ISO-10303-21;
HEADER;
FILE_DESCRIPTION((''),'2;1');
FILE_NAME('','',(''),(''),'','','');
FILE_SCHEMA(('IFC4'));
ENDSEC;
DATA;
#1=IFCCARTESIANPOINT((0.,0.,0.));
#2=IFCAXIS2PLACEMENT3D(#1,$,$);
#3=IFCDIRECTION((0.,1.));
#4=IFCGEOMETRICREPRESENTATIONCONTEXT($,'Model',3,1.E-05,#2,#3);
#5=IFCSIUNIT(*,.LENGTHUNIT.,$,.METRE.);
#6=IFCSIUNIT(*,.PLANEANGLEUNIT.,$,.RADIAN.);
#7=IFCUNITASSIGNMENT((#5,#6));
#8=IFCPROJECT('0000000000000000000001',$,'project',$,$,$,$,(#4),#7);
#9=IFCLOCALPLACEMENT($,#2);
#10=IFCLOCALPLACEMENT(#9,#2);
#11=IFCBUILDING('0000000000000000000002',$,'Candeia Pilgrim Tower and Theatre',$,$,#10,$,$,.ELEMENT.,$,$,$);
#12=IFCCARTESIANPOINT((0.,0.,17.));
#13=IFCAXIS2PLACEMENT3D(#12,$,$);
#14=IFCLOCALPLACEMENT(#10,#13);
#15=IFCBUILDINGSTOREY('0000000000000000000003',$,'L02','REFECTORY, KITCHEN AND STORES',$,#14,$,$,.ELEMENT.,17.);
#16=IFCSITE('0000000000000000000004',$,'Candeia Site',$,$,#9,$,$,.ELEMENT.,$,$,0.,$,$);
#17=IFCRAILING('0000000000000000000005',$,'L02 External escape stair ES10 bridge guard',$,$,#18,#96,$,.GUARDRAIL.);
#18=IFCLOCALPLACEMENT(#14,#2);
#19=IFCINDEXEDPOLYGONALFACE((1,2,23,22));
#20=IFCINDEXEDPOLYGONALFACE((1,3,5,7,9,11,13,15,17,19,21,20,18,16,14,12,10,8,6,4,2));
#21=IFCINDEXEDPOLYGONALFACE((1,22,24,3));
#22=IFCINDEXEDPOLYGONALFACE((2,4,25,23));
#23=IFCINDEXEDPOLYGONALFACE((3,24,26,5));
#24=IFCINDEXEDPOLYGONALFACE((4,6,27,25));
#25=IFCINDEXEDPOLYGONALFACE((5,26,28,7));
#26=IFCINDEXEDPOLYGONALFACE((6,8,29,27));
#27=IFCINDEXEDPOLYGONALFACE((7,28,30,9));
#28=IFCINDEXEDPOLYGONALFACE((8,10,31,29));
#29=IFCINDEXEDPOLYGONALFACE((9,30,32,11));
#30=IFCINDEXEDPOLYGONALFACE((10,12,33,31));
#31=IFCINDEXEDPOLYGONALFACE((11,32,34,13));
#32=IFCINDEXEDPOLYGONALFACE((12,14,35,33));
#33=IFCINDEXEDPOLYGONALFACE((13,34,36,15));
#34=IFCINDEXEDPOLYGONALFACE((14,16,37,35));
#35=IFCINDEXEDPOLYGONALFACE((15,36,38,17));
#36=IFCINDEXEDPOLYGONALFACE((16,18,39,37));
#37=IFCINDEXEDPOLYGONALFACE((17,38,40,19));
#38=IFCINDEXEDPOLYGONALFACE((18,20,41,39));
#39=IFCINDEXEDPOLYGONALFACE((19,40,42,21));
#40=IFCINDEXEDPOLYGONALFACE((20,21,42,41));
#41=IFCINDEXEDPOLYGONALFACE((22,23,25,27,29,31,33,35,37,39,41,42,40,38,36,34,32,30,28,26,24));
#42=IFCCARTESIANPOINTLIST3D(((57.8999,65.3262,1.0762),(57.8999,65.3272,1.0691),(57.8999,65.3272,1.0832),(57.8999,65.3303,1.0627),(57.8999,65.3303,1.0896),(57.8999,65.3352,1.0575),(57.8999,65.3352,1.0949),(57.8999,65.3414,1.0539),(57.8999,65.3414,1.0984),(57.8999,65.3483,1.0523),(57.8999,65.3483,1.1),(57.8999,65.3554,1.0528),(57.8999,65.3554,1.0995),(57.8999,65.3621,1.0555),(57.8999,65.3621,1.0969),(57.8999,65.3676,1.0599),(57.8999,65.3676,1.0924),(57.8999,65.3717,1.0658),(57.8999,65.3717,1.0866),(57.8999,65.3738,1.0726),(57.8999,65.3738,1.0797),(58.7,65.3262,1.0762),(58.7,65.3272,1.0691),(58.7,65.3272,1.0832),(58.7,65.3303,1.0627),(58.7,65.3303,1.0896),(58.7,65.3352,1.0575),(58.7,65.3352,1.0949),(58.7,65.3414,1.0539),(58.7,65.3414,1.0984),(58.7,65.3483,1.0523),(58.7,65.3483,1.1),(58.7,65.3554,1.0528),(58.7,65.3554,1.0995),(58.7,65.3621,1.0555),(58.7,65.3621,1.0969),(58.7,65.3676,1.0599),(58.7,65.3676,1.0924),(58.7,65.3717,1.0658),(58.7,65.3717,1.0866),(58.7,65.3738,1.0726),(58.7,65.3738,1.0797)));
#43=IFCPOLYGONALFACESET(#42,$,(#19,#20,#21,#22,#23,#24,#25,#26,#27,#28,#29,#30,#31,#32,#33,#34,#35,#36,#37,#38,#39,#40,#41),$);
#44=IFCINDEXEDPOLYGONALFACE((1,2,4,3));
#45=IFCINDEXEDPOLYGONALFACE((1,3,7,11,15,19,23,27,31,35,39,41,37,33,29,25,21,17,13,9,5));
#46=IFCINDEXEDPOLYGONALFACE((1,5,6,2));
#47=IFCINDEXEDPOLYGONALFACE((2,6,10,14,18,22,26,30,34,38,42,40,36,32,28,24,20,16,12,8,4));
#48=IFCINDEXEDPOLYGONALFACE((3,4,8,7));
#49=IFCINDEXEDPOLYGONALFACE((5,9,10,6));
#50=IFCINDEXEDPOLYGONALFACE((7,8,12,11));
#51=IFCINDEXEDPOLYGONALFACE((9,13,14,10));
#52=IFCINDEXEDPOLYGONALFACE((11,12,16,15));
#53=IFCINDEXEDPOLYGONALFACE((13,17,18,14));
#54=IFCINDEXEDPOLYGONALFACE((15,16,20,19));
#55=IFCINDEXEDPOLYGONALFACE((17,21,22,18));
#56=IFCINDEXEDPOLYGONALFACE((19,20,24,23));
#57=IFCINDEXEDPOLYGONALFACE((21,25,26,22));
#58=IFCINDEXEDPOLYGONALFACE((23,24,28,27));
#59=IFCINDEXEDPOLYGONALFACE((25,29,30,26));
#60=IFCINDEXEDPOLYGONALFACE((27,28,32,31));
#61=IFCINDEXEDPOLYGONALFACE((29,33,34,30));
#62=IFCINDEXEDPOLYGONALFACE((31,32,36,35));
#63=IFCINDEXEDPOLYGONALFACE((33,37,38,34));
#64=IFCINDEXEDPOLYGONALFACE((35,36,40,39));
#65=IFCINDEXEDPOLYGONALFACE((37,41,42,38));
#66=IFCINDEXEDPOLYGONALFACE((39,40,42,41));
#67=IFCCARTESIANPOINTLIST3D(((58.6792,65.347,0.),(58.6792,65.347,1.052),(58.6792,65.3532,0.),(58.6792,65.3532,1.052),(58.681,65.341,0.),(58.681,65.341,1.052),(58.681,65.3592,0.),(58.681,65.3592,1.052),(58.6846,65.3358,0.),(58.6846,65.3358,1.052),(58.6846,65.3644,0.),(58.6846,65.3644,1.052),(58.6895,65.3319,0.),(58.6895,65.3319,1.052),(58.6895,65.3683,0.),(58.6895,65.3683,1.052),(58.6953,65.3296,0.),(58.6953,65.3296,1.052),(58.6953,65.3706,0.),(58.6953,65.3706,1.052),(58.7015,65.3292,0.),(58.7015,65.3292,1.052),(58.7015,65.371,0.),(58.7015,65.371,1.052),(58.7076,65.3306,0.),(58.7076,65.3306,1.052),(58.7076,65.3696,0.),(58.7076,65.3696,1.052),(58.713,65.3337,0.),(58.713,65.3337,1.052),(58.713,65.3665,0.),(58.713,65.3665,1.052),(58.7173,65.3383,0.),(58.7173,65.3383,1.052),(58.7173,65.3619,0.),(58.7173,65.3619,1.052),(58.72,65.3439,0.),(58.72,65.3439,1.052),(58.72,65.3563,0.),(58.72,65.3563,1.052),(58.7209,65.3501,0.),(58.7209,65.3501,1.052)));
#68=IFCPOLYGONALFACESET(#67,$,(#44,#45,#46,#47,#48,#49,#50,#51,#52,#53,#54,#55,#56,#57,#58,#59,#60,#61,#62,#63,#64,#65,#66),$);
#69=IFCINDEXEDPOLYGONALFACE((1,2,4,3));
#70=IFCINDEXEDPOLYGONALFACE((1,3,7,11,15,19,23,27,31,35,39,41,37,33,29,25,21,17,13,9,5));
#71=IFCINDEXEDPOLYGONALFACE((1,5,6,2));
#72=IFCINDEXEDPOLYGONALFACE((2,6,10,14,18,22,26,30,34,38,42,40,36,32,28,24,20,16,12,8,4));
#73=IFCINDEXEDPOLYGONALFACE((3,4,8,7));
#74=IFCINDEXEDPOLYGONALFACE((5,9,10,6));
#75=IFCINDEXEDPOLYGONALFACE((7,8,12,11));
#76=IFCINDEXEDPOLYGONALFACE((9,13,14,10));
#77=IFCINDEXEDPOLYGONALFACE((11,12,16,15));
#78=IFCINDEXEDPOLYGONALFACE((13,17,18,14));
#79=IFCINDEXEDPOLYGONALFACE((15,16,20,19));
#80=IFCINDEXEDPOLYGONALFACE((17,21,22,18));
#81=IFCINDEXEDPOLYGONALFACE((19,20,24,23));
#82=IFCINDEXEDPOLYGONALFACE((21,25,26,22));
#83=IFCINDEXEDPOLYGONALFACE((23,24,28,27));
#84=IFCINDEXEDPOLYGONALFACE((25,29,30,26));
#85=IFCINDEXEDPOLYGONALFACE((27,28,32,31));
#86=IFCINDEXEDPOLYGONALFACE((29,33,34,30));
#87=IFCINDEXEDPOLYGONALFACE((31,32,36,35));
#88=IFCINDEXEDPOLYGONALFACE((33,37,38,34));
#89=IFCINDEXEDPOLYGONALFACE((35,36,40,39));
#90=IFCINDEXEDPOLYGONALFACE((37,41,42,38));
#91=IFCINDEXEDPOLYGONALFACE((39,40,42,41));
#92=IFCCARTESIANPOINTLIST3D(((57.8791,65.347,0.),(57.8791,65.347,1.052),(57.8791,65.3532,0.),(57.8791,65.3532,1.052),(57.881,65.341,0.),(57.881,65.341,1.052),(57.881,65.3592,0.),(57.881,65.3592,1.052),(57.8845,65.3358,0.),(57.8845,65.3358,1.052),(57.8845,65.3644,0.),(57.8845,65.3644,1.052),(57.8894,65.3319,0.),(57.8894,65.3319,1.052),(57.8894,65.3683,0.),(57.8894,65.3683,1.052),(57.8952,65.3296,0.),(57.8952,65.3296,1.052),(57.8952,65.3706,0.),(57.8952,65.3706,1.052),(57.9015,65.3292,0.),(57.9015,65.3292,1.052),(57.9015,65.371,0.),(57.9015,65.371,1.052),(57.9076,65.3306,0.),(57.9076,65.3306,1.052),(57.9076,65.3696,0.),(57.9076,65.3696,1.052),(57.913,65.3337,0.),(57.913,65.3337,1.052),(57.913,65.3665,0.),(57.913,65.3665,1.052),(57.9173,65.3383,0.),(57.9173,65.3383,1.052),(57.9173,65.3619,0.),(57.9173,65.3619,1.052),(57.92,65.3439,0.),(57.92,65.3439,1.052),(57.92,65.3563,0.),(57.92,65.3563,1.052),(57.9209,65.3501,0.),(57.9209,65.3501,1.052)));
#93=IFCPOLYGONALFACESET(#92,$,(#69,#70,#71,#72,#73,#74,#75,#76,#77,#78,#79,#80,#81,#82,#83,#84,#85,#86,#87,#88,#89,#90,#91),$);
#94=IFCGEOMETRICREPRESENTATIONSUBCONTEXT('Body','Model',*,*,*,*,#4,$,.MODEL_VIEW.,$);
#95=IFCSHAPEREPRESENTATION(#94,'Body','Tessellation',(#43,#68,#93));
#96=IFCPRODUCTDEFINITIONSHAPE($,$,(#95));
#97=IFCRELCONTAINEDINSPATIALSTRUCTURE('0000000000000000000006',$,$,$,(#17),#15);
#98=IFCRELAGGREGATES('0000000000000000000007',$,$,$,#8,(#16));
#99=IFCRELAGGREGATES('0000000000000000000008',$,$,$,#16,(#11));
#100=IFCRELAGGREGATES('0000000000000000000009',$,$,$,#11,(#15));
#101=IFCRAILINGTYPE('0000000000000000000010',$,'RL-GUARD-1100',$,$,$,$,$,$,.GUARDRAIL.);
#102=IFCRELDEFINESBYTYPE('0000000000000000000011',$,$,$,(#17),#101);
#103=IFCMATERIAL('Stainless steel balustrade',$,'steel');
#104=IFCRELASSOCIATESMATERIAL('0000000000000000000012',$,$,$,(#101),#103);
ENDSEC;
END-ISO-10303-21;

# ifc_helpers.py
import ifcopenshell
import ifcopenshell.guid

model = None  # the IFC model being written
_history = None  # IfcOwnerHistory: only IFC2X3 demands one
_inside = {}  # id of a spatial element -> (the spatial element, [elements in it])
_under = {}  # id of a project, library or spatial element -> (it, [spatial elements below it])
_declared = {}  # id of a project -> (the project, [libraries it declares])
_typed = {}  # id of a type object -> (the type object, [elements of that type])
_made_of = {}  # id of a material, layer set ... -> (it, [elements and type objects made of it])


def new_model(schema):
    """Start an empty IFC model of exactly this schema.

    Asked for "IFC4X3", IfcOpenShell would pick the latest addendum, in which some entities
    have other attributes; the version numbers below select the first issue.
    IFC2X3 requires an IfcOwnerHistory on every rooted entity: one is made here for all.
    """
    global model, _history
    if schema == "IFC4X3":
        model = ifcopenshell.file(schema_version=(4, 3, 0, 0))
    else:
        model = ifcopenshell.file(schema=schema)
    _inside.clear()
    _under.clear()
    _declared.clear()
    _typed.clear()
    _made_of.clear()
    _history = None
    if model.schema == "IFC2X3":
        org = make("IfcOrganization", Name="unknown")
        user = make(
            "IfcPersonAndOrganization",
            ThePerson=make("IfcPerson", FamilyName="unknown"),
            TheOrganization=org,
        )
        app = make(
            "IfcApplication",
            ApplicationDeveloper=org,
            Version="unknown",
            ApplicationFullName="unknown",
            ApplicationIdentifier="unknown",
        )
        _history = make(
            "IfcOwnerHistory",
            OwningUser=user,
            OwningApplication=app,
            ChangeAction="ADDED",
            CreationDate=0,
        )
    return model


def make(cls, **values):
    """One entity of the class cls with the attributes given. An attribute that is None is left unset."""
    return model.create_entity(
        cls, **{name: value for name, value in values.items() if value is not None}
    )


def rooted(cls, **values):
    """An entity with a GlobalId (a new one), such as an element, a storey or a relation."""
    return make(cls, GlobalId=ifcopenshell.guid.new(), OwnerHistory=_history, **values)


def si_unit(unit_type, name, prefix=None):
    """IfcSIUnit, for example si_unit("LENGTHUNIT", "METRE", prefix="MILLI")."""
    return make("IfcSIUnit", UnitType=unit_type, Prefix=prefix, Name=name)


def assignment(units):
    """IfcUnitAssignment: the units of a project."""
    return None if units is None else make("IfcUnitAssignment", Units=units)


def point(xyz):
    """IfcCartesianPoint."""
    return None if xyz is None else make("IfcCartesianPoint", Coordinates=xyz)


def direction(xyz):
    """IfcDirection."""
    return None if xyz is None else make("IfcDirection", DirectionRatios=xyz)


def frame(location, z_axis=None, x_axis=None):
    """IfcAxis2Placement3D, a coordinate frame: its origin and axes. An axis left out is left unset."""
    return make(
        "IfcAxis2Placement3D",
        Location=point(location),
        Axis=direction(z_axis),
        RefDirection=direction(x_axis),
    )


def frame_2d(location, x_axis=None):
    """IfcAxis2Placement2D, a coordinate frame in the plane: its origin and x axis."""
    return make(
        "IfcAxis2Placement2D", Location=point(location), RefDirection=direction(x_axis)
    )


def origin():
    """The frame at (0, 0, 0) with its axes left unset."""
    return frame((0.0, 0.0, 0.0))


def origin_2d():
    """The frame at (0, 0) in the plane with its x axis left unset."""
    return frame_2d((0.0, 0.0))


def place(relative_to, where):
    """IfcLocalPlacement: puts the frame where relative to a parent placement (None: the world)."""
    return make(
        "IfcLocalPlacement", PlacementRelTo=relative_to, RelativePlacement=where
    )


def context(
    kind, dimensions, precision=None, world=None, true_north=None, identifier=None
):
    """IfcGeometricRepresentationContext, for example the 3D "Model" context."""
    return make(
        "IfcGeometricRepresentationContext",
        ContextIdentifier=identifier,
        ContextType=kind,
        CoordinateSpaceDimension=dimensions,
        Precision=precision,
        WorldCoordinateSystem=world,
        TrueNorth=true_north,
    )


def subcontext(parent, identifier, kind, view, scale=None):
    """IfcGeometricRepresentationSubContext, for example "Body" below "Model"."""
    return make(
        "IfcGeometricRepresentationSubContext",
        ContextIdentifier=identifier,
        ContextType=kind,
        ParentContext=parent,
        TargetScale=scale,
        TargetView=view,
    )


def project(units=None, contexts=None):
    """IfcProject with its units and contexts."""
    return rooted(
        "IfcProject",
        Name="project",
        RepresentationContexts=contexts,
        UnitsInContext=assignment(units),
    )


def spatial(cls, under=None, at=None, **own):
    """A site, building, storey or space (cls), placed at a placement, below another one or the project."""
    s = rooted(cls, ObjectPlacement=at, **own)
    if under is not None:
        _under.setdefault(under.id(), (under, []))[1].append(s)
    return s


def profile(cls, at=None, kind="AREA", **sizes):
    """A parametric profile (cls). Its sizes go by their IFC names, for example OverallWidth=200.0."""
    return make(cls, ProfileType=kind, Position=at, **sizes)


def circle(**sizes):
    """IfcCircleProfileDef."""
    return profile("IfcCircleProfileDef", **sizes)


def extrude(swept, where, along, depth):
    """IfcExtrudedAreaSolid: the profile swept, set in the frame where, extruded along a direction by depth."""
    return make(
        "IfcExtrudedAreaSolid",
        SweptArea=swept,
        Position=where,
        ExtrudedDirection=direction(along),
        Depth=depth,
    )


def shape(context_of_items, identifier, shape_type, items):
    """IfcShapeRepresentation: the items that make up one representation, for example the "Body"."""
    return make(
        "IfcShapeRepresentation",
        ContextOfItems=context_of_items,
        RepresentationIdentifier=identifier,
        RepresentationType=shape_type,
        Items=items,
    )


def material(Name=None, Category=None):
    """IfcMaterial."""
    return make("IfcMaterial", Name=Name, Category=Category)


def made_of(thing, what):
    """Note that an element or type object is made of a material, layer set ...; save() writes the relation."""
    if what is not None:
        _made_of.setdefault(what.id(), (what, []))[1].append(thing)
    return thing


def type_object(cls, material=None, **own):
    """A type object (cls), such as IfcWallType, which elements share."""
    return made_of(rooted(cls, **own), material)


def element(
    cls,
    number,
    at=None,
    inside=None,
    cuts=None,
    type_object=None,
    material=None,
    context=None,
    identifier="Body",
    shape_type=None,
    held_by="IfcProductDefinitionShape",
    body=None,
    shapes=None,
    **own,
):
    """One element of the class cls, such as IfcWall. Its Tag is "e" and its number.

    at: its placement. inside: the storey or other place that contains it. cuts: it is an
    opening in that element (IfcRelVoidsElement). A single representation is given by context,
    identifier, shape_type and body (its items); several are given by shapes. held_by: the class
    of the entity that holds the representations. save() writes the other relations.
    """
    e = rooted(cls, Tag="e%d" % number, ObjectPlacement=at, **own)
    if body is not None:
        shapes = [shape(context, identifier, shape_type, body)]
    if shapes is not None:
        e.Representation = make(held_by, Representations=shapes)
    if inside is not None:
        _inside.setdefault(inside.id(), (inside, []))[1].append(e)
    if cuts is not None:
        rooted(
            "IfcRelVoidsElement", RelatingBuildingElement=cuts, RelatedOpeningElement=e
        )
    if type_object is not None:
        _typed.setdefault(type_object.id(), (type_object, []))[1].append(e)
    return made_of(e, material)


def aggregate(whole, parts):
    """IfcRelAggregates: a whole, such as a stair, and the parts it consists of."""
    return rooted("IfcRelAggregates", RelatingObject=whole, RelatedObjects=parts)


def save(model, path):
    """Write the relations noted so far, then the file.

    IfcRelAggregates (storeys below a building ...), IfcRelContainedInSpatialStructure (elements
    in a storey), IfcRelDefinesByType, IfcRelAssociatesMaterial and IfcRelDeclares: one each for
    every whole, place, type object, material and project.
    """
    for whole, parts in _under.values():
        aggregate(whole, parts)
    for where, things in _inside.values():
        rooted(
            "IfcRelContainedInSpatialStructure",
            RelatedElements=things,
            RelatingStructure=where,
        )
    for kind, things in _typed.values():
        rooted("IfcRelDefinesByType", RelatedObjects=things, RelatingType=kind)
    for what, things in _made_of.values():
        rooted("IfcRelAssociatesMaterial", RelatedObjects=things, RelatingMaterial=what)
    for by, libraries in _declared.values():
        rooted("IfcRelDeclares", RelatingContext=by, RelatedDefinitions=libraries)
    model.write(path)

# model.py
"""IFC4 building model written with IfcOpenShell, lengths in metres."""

from ifc_helpers import new_model, si_unit, direction, frame, origin, origin_2d, place, context, subcontext, project, spatial, circle, extrude, material, type_object, element, save


model = new_model("IFC4")

# Units and contexts
model_context = context("Model", 3, precision=1e-05, world=origin(), true_north=direction((0.0, 1.0)))
body_context = subcontext(model_context, "Body", "Model", "MODEL_VIEW")
ifc_project = project(units=[si_unit("LENGTHUNIT", "METRE"), si_unit("PLANEANGLEUNIT", "RADIAN")], contexts=[model_context])

# Site, building, storey
site_placement = place(None, origin())
site = spatial("IfcSite", under=ifc_project, at=site_placement, Name="Candeia Site", CompositionType="ELEMENT", RefElevation=0.0)
building_placement = place(site_placement, origin())
building = spatial("IfcBuilding", under=site, at=building_placement, Name="Candeia Pilgrim Tower and Theatre", CompositionType="ELEMENT")
storey_placement = place(building_placement, frame((0.0, 0.0, 17.0)))
storey = spatial("IfcBuildingStorey", under=building, at=storey_placement, Name="L02", Description="REFECTORY, KITCHEN AND STORES", CompositionType="ELEMENT", Elevation=17.0)

# Railing
ifc_material_1 = material(Name="Stainless steel balustrade", Category="steel")
railing_type_1 = type_object("IfcRailingType", Name="RL-GUARD-1100", PredefinedType="GUARDRAIL", material=ifc_material_1)
railing_1_placement = place(storey_placement, frame((58.7, 65.3501, 0.0)))
element("IfcRailing", 1, at=railing_1_placement, inside=storey, type_object=railing_type_1, Name="L02 External escape stair ES10 bridge guard", PredefinedType="GUARDRAIL", context=body_context, shape_type="SweptSolid", body=[
    extrude(circle(Radius=0.0239, at=origin_2d()), frame((0.0, 0.0, 1.0762), z_axis=(-1.0, 0.0, 0.0), x_axis=(0.0, -1.0, 0.0)), (0.0, 0.0, 1.0), 0.8),
    extrude(circle(Radius=0.021, at=origin_2d()), origin(), (0.0, 0.0, 1.0), 1.052),
    extrude(circle(Radius=0.021, at=origin_2d()), frame((-0.8, 0.0, 0.0)), (0.0, 0.0, 1.0), 1.052),
])

save(model, "model.ifc")
